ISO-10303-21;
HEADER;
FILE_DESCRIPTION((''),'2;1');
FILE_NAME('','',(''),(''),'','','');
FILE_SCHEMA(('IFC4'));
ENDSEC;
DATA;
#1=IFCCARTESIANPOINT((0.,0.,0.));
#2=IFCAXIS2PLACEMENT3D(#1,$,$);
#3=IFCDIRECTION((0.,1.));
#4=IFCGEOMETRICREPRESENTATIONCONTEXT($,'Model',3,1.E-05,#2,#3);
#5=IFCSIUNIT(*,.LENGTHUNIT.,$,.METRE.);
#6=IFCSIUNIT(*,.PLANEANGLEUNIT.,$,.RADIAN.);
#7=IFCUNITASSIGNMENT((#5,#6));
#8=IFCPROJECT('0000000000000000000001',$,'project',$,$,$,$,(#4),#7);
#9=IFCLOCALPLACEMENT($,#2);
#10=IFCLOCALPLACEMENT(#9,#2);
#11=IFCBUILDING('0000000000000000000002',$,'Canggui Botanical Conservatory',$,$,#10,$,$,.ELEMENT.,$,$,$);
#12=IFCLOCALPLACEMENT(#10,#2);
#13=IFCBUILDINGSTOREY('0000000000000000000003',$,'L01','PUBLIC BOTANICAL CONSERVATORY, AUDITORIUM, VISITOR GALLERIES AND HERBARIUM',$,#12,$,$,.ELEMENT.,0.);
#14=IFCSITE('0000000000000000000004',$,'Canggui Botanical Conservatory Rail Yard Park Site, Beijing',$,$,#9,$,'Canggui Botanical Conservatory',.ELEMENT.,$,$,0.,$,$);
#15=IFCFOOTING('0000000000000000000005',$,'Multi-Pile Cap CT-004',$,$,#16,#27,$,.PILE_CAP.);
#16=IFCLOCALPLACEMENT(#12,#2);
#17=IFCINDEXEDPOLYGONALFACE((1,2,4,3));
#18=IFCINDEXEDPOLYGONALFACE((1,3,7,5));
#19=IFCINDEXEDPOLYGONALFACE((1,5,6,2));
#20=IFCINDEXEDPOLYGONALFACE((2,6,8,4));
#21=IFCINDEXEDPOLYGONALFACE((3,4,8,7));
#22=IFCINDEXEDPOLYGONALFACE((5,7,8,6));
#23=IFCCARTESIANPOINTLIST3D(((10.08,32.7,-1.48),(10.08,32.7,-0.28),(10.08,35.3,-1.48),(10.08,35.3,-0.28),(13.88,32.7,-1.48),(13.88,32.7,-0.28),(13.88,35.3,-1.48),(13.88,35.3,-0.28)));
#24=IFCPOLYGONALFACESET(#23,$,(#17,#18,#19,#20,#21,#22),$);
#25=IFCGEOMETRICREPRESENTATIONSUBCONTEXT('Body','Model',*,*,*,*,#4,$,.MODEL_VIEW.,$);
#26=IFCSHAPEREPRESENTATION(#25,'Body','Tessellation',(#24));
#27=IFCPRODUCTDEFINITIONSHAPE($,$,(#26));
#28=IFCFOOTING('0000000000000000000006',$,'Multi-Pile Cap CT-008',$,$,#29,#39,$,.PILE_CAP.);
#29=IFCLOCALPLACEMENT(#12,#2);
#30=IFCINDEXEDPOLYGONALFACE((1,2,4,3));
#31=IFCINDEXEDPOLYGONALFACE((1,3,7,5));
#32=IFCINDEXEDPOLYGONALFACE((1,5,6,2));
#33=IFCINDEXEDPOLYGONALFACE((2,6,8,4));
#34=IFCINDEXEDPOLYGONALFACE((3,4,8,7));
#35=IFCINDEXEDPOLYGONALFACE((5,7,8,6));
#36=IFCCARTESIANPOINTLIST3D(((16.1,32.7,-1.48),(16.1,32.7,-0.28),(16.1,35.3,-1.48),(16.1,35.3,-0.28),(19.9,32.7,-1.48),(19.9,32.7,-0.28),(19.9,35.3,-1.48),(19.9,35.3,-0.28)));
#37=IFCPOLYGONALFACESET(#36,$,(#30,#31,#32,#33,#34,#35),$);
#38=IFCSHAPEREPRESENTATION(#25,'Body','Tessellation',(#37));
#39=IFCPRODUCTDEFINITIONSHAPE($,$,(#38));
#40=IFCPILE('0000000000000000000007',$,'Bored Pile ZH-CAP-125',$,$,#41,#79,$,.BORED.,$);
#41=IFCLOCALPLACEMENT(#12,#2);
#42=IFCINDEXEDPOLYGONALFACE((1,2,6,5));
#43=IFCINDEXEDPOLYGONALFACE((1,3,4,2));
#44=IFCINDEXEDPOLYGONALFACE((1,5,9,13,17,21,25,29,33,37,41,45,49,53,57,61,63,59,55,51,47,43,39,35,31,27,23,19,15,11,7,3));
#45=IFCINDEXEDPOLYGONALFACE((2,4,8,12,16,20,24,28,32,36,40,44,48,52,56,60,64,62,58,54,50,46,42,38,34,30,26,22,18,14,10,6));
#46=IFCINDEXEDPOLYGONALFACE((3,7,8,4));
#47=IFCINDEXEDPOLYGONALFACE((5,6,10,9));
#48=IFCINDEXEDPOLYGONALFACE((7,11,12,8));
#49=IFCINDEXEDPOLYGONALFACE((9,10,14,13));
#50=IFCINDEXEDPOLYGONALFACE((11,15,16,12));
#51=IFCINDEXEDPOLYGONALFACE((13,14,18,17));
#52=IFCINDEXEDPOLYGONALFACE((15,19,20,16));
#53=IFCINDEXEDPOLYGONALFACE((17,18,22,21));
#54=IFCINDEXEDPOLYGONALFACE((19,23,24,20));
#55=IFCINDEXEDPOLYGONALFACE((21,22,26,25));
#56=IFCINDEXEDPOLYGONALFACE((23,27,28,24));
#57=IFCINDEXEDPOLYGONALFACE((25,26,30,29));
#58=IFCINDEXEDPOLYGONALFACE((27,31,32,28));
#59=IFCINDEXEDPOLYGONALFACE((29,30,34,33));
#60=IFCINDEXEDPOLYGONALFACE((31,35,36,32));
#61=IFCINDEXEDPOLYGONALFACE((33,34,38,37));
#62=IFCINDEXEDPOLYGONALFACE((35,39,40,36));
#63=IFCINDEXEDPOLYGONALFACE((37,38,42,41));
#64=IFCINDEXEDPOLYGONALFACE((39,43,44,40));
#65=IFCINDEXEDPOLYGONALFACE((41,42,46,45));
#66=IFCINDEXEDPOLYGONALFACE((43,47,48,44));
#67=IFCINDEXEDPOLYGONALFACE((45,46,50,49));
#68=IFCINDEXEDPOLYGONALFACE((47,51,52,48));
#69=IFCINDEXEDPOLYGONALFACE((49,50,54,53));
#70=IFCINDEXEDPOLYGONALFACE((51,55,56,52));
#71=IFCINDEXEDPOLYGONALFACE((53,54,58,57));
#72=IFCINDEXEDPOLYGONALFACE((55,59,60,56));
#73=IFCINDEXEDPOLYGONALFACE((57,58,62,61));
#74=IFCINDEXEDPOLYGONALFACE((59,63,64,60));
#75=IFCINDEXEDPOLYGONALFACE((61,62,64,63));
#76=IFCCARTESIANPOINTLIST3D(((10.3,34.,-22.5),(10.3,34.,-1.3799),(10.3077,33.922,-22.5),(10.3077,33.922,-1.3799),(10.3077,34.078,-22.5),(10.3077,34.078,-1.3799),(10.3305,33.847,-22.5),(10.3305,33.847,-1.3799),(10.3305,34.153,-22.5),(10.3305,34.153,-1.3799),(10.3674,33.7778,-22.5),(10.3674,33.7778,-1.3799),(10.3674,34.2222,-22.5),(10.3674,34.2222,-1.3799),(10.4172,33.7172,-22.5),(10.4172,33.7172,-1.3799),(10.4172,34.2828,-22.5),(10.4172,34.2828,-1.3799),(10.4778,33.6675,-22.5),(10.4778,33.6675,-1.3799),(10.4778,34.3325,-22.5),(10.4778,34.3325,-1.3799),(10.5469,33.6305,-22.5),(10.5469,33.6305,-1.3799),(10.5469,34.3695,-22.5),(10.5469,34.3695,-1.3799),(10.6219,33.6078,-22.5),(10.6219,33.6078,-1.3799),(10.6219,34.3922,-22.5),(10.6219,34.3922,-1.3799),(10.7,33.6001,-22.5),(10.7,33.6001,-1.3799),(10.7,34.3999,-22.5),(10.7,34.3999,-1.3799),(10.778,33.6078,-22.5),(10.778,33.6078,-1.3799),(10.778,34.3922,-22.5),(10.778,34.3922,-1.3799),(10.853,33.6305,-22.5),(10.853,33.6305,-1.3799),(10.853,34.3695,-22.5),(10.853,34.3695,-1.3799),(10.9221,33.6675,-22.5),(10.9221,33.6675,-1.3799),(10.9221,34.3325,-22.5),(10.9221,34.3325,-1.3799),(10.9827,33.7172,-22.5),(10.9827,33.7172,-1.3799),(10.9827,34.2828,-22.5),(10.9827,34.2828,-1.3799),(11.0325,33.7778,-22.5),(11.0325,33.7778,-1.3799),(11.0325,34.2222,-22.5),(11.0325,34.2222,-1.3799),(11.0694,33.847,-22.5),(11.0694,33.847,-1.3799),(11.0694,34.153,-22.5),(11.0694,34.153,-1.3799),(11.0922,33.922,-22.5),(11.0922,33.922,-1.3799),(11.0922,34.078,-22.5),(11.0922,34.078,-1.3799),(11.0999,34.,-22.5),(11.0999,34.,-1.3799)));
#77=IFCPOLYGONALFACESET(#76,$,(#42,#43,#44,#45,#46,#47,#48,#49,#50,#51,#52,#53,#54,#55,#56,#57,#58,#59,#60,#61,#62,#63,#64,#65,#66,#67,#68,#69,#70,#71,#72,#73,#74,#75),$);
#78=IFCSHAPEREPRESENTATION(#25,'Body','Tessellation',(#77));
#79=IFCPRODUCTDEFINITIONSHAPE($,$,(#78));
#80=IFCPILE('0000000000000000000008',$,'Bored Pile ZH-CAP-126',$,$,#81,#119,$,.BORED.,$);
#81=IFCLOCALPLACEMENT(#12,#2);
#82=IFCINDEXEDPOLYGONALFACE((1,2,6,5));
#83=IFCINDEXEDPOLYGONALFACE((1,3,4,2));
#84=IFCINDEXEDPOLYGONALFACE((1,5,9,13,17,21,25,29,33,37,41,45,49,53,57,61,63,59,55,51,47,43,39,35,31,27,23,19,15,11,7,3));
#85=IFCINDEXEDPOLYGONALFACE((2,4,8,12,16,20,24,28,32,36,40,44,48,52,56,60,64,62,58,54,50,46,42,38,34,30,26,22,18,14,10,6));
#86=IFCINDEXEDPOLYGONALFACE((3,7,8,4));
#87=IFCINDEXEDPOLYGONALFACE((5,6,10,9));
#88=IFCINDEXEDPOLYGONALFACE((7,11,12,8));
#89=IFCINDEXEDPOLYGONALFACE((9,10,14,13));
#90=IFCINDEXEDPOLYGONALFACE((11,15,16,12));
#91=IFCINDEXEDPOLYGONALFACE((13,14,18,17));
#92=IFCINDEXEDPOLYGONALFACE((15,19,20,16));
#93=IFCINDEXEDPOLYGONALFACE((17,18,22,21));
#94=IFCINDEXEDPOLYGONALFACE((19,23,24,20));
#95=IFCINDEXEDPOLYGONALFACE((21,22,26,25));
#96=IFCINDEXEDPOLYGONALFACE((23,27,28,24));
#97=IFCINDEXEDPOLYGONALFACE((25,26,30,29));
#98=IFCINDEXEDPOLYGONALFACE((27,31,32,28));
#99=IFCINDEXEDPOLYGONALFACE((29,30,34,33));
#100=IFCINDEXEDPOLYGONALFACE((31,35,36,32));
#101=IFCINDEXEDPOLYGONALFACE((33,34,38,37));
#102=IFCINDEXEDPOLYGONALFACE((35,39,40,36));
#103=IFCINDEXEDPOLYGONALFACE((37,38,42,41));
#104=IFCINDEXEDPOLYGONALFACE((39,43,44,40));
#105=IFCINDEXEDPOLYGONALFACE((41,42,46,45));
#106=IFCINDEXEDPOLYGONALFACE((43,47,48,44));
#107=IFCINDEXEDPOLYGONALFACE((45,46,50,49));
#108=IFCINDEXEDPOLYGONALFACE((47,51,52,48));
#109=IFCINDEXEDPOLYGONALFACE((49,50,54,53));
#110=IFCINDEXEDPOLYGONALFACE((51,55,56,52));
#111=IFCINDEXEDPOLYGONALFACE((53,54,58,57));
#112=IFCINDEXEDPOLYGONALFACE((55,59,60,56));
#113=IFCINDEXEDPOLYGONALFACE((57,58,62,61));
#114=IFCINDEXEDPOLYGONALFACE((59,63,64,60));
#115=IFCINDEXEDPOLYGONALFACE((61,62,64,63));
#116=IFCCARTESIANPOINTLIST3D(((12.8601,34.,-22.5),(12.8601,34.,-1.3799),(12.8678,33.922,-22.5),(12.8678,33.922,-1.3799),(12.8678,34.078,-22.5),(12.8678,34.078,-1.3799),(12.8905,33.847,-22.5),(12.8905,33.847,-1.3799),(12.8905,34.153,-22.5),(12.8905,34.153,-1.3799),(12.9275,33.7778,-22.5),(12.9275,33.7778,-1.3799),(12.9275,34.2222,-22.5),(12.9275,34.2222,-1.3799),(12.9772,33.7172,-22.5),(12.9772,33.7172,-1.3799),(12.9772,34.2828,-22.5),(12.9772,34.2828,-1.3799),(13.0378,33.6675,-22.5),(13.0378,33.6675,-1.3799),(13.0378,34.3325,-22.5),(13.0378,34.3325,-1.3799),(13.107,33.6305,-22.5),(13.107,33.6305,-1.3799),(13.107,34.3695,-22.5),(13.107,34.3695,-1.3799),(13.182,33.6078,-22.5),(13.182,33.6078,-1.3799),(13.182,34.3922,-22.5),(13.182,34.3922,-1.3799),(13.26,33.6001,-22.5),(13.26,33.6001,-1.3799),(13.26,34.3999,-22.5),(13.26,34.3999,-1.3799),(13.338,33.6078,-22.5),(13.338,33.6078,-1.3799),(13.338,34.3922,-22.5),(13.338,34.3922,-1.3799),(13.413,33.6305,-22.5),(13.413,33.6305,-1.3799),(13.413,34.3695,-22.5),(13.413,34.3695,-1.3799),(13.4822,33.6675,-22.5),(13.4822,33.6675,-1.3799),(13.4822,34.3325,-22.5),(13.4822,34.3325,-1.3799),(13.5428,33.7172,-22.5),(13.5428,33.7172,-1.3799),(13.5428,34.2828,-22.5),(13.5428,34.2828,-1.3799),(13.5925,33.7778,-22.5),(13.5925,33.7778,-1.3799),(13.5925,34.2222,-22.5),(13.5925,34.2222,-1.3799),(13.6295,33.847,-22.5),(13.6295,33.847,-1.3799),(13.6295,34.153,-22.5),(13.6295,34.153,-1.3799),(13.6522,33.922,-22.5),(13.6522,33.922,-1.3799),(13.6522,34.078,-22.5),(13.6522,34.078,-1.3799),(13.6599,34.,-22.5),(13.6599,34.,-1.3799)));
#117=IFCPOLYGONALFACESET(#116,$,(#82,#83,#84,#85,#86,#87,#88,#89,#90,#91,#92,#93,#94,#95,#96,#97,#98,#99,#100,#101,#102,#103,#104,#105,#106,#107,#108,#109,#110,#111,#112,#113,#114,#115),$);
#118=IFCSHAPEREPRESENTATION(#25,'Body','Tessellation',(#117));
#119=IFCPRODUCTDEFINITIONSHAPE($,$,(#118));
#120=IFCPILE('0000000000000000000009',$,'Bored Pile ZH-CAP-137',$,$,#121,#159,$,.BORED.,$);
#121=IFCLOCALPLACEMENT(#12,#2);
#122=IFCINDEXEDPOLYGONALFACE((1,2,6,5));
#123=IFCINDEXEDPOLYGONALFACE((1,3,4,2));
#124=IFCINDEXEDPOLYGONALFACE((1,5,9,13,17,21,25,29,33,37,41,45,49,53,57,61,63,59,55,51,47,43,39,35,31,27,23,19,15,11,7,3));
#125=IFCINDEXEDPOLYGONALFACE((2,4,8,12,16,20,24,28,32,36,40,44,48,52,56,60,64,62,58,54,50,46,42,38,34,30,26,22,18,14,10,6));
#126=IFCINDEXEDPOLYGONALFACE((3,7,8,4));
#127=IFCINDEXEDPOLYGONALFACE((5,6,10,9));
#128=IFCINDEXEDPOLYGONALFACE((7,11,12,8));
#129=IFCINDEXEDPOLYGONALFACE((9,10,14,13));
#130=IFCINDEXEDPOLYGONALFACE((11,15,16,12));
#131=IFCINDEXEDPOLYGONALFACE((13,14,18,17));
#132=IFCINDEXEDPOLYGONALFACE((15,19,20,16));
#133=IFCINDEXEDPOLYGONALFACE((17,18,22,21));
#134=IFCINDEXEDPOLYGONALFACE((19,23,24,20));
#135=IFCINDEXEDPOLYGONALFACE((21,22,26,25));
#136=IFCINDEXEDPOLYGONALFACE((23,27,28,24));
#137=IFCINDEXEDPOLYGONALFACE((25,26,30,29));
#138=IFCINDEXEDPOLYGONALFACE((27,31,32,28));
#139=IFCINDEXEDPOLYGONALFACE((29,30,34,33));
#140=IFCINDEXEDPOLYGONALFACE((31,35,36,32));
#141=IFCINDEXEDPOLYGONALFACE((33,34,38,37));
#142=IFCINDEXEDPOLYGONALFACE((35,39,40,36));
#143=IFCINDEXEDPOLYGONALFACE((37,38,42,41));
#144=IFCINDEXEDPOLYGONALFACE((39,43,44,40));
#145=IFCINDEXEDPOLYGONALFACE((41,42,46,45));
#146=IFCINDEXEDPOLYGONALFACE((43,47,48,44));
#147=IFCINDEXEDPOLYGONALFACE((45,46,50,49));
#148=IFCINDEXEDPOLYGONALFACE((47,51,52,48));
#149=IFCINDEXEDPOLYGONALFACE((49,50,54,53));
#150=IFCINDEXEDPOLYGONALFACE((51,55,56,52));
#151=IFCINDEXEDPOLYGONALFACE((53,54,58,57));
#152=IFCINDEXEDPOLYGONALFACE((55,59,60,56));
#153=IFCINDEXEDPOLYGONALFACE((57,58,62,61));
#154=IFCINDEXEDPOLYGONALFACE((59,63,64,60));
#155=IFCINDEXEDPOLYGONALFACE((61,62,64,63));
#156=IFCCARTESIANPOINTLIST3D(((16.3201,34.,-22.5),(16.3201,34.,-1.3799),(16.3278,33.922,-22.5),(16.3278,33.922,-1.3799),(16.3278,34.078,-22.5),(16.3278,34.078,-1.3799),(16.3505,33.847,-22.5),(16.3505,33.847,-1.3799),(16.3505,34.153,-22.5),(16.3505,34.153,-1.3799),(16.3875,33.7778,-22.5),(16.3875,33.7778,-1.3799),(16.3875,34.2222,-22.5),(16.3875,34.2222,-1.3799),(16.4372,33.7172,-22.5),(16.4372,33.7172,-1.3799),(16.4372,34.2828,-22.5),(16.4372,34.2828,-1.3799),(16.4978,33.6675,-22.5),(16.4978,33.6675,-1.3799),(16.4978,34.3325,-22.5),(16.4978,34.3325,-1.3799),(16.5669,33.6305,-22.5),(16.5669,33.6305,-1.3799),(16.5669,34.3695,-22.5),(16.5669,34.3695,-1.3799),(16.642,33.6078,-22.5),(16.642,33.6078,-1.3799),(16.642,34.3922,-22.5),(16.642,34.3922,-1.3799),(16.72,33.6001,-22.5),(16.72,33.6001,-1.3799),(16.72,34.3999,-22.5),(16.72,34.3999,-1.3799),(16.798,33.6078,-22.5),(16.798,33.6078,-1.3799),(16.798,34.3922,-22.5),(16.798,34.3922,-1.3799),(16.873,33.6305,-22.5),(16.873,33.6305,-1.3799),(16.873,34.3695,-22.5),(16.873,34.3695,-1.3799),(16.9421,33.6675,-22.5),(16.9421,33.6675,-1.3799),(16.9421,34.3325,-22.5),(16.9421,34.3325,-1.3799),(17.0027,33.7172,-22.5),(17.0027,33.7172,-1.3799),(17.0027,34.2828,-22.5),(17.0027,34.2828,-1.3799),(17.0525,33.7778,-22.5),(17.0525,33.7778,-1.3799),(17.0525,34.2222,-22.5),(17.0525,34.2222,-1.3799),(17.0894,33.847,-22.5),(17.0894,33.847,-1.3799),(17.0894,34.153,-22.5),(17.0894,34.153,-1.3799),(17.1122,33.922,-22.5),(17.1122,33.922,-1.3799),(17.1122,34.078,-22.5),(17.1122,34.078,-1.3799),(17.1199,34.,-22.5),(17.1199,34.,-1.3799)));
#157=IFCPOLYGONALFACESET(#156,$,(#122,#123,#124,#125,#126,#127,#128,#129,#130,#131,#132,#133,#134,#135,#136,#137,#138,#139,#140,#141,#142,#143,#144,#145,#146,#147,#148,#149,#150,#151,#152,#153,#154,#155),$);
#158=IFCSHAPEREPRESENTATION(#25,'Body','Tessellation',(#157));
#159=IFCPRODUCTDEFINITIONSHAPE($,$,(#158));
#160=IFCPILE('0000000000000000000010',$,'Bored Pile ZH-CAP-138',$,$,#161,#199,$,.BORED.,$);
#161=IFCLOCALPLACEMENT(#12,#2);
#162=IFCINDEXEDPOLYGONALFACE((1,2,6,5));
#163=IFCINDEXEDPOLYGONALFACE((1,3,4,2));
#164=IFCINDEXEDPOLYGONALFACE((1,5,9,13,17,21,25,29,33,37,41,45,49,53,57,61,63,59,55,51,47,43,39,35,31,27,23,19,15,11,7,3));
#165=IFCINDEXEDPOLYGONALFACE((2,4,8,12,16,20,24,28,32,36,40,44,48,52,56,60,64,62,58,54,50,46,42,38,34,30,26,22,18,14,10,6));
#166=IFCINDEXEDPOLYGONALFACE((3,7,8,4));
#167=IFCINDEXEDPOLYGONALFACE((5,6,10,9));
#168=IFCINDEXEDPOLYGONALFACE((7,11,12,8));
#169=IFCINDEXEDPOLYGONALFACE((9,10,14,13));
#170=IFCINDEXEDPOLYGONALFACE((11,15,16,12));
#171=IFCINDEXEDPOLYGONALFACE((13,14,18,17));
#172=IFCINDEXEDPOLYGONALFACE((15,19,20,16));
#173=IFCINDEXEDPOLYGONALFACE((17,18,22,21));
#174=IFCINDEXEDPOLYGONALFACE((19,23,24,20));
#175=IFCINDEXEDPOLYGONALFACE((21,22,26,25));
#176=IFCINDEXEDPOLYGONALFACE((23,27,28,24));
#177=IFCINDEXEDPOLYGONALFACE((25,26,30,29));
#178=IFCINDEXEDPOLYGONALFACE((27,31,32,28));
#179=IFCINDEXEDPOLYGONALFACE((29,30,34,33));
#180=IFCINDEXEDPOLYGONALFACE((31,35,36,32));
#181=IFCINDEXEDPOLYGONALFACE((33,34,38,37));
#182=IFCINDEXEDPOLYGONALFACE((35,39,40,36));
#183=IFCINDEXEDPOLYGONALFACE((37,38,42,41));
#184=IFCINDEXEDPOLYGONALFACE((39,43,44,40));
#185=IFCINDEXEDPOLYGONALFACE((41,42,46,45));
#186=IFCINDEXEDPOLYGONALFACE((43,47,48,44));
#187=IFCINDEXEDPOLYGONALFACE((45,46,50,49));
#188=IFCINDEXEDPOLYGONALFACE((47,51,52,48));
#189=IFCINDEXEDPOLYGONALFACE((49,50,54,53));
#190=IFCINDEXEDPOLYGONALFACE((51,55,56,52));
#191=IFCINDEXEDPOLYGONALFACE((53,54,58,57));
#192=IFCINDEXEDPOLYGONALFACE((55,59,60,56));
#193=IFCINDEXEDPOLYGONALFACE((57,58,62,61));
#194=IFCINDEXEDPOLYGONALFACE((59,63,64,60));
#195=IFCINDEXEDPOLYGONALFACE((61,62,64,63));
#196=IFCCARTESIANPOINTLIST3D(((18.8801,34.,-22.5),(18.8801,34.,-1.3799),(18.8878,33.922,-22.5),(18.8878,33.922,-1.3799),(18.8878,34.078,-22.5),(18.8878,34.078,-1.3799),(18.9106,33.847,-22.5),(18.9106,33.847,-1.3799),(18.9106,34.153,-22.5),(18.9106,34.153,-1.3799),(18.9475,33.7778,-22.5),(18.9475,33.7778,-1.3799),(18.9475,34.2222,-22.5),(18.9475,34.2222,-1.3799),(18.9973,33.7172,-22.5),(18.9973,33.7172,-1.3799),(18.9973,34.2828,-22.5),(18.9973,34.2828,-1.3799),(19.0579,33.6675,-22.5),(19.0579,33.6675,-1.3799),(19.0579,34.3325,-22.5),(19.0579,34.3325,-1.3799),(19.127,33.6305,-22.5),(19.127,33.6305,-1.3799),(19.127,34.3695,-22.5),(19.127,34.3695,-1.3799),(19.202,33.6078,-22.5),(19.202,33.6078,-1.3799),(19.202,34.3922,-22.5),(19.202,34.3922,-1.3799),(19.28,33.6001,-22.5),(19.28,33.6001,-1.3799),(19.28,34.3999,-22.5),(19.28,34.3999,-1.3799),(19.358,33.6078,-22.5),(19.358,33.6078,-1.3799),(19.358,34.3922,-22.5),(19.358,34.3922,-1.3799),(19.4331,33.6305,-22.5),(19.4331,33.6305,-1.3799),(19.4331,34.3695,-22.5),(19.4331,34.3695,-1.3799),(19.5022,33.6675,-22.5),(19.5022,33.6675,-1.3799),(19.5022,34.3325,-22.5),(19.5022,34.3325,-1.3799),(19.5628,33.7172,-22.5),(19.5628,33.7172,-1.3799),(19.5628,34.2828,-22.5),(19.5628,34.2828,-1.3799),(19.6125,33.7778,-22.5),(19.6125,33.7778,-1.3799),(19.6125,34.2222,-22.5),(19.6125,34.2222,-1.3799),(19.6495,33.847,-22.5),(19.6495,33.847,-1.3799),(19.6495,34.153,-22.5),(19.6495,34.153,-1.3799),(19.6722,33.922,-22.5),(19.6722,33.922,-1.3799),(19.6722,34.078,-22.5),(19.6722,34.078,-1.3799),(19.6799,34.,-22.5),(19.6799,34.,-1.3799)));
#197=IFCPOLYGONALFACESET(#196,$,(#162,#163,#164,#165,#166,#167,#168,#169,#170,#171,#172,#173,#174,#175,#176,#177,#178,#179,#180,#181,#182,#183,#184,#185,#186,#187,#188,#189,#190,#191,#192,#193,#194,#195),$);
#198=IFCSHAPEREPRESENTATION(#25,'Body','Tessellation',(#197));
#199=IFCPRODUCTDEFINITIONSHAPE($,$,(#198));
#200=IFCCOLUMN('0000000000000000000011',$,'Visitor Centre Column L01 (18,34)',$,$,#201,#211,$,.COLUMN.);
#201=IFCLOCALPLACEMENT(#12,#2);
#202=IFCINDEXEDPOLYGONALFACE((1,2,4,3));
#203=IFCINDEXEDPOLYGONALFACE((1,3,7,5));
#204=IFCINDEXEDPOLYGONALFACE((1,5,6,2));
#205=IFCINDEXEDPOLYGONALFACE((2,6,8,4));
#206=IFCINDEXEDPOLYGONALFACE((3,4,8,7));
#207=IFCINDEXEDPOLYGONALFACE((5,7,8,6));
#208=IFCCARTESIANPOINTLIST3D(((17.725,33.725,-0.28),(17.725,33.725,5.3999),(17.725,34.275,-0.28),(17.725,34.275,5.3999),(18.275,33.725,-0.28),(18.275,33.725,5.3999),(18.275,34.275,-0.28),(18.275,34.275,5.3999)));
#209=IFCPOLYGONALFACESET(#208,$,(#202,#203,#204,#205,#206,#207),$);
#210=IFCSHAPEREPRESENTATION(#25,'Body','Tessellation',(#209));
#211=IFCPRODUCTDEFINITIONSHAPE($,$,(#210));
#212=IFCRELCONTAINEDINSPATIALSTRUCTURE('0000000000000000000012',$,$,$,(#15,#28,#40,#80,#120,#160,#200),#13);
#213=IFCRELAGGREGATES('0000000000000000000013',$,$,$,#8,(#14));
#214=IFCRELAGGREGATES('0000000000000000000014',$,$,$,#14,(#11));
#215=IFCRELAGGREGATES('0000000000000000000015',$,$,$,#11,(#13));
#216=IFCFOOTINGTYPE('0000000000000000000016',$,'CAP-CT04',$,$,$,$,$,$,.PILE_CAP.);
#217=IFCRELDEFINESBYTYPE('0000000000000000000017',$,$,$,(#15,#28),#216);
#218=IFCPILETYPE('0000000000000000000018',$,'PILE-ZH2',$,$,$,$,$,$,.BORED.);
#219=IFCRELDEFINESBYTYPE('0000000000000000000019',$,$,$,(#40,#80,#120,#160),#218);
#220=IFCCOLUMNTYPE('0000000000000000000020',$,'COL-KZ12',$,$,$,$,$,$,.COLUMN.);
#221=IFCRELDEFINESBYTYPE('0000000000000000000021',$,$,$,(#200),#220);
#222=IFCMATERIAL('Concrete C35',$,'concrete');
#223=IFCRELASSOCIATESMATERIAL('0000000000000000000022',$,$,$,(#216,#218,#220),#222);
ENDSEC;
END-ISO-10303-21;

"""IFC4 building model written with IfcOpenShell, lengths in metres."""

from ifc_helpers import new_model, si_unit, direction, frame, origin, origin_2d, place, context, subcontext, project, spatial, rectangle, circle, extrude, material, material_profile, profile_set, type_object, element, save


model = new_model("IFC4")

# Units and contexts
model_context = context("Model", 3, precision=1e-05, world=origin(), true_north=direction((0.0, 1.0)))
body_context = subcontext(model_context, "Body", "Model", "MODEL_VIEW")
ifc_project = project(units=[si_unit("LENGTHUNIT", "METRE"), si_unit("PLANEANGLEUNIT", "RADIAN")], contexts=[model_context])

# Site, building, storey
site_placement = place(None, origin())
site = spatial("IfcSite", under=ifc_project, at=site_placement, Name="Canggui Botanical Conservatory Rail Yard Park Site, Beijing", LongName="Canggui Botanical Conservatory", CompositionType="ELEMENT", RefElevation=0.0)
building_placement = place(site_placement, origin())
building = spatial("IfcBuilding", under=site, at=building_placement, Name="Canggui Botanical Conservatory", CompositionType="ELEMENT")
storey_placement = place(building_placement, origin())
storey = spatial("IfcBuildingStorey", under=building, at=storey_placement, Name="L01", Description="PUBLIC BOTANICAL CONSERVATORY, AUDITORIUM, VISITOR GALLERIES AND HERBARIUM", CompositionType="ELEMENT", Elevation=0.0)

# Footings
ifc_material_1 = material(Name="Concrete C35", Category="concrete")
footing_type = type_object("IfcFootingType", Name="CAP-CT04", PredefinedType="PILE_CAP", material=ifc_material_1)
for number, where, z_axis, x_axis, name in (
    (1, (11.98, 34.0, -1.48), (0.0, 0.0, 1.0), (1.0, 0.0, 0.0), "Multi-Pile Cap CT-004"),
    (2, (18.0, 34.0, -1.48), (0.0, 0.0, 1.0), (1.0, 0.0, 0.0), "Multi-Pile Cap CT-008"),
):
    element("IfcFooting", number, at=place(storey_placement, frame(where, z_axis=z_axis, x_axis=x_axis)), inside=storey, type_object=footing_type, Name=name, PredefinedType="PILE_CAP", context=body_context, shape_type="SweptSolid", body=[
        extrude(rectangle(XDim=3.8, YDim=2.6001, at=origin_2d()), origin(), (0.0, 0.0, 1.0), 1.2),
    ])

# Piles
ifc_material_profile_1 = material_profile(ifc_material_1, circle(Radius=0.3999, at=origin_2d()), Name="PILE D800")
ifc_profile_set_1 = profile_set([ifc_material_profile_1], Name="Concrete C35")
pile_type = type_object("IfcPileType", Name="PILE-ZH2", PredefinedType="BORED", material=ifc_profile_set_1)
for number, where, z_axis, x_axis, name in (
    (3, (10.7, 34.0, -1.3799), (0.0, 0.0, -1.0), (1.0, 0.0, 0.0), "Bored Pile ZH-CAP-125"),
    (4, (13.26, 34.0, -1.3799), (0.0, 0.0, -1.0), (1.0, 0.0, 0.0), "Bored Pile ZH-CAP-126"),
    (5, (16.72, 34.0, -1.3799), (0.0, 0.0, -1.0), (1.0, 0.0, 0.0), "Bored Pile ZH-CAP-137"),
    (6, (19.28, 34.0, -1.3799), (0.0, 0.0, -1.0), (1.0, 0.0, 0.0), "Bored Pile ZH-CAP-138"),
):
    element("IfcPile", number, at=place(storey_placement, frame(where, z_axis=z_axis, x_axis=x_axis)), inside=storey, type_object=pile_type, Name=name, PredefinedType="BORED", context=body_context, shape_type="SweptSolid", body=[
        extrude(circle(Radius=0.3999, at=origin_2d()), origin(), (0.0, 0.0, 1.0), 21.1201),
    ])

# Column
ifc_material_profile_2 = material_profile(ifc_material_1, rectangle(XDim=0.55, YDim=0.55, at=origin_2d()), Name="RC 550x550")
ifc_profile_set_2 = profile_set([ifc_material_profile_2], Name="Concrete C35")
column_type = type_object("IfcColumnType", Name="COL-KZ12", PredefinedType="COLUMN", material=ifc_profile_set_2)
column_placement = place(storey_placement, frame((18.0, 34.0, -0.28), z_axis=(0.0, 0.0, 1.0), x_axis=(1.0, 0.0, 0.0)))
element("IfcColumn", 7, at=column_placement, inside=storey, type_object=column_type, Name="Visitor Centre Column L01 (18,34)", PredefinedType="COLUMN", context=body_context, shape_type="SweptSolid", body=[
    extrude(rectangle(XDim=0.55, YDim=0.55, at=origin_2d()), origin(), (0.0, 0.0, 1.0), 5.6799),
])

save(model, "model.ifc")
